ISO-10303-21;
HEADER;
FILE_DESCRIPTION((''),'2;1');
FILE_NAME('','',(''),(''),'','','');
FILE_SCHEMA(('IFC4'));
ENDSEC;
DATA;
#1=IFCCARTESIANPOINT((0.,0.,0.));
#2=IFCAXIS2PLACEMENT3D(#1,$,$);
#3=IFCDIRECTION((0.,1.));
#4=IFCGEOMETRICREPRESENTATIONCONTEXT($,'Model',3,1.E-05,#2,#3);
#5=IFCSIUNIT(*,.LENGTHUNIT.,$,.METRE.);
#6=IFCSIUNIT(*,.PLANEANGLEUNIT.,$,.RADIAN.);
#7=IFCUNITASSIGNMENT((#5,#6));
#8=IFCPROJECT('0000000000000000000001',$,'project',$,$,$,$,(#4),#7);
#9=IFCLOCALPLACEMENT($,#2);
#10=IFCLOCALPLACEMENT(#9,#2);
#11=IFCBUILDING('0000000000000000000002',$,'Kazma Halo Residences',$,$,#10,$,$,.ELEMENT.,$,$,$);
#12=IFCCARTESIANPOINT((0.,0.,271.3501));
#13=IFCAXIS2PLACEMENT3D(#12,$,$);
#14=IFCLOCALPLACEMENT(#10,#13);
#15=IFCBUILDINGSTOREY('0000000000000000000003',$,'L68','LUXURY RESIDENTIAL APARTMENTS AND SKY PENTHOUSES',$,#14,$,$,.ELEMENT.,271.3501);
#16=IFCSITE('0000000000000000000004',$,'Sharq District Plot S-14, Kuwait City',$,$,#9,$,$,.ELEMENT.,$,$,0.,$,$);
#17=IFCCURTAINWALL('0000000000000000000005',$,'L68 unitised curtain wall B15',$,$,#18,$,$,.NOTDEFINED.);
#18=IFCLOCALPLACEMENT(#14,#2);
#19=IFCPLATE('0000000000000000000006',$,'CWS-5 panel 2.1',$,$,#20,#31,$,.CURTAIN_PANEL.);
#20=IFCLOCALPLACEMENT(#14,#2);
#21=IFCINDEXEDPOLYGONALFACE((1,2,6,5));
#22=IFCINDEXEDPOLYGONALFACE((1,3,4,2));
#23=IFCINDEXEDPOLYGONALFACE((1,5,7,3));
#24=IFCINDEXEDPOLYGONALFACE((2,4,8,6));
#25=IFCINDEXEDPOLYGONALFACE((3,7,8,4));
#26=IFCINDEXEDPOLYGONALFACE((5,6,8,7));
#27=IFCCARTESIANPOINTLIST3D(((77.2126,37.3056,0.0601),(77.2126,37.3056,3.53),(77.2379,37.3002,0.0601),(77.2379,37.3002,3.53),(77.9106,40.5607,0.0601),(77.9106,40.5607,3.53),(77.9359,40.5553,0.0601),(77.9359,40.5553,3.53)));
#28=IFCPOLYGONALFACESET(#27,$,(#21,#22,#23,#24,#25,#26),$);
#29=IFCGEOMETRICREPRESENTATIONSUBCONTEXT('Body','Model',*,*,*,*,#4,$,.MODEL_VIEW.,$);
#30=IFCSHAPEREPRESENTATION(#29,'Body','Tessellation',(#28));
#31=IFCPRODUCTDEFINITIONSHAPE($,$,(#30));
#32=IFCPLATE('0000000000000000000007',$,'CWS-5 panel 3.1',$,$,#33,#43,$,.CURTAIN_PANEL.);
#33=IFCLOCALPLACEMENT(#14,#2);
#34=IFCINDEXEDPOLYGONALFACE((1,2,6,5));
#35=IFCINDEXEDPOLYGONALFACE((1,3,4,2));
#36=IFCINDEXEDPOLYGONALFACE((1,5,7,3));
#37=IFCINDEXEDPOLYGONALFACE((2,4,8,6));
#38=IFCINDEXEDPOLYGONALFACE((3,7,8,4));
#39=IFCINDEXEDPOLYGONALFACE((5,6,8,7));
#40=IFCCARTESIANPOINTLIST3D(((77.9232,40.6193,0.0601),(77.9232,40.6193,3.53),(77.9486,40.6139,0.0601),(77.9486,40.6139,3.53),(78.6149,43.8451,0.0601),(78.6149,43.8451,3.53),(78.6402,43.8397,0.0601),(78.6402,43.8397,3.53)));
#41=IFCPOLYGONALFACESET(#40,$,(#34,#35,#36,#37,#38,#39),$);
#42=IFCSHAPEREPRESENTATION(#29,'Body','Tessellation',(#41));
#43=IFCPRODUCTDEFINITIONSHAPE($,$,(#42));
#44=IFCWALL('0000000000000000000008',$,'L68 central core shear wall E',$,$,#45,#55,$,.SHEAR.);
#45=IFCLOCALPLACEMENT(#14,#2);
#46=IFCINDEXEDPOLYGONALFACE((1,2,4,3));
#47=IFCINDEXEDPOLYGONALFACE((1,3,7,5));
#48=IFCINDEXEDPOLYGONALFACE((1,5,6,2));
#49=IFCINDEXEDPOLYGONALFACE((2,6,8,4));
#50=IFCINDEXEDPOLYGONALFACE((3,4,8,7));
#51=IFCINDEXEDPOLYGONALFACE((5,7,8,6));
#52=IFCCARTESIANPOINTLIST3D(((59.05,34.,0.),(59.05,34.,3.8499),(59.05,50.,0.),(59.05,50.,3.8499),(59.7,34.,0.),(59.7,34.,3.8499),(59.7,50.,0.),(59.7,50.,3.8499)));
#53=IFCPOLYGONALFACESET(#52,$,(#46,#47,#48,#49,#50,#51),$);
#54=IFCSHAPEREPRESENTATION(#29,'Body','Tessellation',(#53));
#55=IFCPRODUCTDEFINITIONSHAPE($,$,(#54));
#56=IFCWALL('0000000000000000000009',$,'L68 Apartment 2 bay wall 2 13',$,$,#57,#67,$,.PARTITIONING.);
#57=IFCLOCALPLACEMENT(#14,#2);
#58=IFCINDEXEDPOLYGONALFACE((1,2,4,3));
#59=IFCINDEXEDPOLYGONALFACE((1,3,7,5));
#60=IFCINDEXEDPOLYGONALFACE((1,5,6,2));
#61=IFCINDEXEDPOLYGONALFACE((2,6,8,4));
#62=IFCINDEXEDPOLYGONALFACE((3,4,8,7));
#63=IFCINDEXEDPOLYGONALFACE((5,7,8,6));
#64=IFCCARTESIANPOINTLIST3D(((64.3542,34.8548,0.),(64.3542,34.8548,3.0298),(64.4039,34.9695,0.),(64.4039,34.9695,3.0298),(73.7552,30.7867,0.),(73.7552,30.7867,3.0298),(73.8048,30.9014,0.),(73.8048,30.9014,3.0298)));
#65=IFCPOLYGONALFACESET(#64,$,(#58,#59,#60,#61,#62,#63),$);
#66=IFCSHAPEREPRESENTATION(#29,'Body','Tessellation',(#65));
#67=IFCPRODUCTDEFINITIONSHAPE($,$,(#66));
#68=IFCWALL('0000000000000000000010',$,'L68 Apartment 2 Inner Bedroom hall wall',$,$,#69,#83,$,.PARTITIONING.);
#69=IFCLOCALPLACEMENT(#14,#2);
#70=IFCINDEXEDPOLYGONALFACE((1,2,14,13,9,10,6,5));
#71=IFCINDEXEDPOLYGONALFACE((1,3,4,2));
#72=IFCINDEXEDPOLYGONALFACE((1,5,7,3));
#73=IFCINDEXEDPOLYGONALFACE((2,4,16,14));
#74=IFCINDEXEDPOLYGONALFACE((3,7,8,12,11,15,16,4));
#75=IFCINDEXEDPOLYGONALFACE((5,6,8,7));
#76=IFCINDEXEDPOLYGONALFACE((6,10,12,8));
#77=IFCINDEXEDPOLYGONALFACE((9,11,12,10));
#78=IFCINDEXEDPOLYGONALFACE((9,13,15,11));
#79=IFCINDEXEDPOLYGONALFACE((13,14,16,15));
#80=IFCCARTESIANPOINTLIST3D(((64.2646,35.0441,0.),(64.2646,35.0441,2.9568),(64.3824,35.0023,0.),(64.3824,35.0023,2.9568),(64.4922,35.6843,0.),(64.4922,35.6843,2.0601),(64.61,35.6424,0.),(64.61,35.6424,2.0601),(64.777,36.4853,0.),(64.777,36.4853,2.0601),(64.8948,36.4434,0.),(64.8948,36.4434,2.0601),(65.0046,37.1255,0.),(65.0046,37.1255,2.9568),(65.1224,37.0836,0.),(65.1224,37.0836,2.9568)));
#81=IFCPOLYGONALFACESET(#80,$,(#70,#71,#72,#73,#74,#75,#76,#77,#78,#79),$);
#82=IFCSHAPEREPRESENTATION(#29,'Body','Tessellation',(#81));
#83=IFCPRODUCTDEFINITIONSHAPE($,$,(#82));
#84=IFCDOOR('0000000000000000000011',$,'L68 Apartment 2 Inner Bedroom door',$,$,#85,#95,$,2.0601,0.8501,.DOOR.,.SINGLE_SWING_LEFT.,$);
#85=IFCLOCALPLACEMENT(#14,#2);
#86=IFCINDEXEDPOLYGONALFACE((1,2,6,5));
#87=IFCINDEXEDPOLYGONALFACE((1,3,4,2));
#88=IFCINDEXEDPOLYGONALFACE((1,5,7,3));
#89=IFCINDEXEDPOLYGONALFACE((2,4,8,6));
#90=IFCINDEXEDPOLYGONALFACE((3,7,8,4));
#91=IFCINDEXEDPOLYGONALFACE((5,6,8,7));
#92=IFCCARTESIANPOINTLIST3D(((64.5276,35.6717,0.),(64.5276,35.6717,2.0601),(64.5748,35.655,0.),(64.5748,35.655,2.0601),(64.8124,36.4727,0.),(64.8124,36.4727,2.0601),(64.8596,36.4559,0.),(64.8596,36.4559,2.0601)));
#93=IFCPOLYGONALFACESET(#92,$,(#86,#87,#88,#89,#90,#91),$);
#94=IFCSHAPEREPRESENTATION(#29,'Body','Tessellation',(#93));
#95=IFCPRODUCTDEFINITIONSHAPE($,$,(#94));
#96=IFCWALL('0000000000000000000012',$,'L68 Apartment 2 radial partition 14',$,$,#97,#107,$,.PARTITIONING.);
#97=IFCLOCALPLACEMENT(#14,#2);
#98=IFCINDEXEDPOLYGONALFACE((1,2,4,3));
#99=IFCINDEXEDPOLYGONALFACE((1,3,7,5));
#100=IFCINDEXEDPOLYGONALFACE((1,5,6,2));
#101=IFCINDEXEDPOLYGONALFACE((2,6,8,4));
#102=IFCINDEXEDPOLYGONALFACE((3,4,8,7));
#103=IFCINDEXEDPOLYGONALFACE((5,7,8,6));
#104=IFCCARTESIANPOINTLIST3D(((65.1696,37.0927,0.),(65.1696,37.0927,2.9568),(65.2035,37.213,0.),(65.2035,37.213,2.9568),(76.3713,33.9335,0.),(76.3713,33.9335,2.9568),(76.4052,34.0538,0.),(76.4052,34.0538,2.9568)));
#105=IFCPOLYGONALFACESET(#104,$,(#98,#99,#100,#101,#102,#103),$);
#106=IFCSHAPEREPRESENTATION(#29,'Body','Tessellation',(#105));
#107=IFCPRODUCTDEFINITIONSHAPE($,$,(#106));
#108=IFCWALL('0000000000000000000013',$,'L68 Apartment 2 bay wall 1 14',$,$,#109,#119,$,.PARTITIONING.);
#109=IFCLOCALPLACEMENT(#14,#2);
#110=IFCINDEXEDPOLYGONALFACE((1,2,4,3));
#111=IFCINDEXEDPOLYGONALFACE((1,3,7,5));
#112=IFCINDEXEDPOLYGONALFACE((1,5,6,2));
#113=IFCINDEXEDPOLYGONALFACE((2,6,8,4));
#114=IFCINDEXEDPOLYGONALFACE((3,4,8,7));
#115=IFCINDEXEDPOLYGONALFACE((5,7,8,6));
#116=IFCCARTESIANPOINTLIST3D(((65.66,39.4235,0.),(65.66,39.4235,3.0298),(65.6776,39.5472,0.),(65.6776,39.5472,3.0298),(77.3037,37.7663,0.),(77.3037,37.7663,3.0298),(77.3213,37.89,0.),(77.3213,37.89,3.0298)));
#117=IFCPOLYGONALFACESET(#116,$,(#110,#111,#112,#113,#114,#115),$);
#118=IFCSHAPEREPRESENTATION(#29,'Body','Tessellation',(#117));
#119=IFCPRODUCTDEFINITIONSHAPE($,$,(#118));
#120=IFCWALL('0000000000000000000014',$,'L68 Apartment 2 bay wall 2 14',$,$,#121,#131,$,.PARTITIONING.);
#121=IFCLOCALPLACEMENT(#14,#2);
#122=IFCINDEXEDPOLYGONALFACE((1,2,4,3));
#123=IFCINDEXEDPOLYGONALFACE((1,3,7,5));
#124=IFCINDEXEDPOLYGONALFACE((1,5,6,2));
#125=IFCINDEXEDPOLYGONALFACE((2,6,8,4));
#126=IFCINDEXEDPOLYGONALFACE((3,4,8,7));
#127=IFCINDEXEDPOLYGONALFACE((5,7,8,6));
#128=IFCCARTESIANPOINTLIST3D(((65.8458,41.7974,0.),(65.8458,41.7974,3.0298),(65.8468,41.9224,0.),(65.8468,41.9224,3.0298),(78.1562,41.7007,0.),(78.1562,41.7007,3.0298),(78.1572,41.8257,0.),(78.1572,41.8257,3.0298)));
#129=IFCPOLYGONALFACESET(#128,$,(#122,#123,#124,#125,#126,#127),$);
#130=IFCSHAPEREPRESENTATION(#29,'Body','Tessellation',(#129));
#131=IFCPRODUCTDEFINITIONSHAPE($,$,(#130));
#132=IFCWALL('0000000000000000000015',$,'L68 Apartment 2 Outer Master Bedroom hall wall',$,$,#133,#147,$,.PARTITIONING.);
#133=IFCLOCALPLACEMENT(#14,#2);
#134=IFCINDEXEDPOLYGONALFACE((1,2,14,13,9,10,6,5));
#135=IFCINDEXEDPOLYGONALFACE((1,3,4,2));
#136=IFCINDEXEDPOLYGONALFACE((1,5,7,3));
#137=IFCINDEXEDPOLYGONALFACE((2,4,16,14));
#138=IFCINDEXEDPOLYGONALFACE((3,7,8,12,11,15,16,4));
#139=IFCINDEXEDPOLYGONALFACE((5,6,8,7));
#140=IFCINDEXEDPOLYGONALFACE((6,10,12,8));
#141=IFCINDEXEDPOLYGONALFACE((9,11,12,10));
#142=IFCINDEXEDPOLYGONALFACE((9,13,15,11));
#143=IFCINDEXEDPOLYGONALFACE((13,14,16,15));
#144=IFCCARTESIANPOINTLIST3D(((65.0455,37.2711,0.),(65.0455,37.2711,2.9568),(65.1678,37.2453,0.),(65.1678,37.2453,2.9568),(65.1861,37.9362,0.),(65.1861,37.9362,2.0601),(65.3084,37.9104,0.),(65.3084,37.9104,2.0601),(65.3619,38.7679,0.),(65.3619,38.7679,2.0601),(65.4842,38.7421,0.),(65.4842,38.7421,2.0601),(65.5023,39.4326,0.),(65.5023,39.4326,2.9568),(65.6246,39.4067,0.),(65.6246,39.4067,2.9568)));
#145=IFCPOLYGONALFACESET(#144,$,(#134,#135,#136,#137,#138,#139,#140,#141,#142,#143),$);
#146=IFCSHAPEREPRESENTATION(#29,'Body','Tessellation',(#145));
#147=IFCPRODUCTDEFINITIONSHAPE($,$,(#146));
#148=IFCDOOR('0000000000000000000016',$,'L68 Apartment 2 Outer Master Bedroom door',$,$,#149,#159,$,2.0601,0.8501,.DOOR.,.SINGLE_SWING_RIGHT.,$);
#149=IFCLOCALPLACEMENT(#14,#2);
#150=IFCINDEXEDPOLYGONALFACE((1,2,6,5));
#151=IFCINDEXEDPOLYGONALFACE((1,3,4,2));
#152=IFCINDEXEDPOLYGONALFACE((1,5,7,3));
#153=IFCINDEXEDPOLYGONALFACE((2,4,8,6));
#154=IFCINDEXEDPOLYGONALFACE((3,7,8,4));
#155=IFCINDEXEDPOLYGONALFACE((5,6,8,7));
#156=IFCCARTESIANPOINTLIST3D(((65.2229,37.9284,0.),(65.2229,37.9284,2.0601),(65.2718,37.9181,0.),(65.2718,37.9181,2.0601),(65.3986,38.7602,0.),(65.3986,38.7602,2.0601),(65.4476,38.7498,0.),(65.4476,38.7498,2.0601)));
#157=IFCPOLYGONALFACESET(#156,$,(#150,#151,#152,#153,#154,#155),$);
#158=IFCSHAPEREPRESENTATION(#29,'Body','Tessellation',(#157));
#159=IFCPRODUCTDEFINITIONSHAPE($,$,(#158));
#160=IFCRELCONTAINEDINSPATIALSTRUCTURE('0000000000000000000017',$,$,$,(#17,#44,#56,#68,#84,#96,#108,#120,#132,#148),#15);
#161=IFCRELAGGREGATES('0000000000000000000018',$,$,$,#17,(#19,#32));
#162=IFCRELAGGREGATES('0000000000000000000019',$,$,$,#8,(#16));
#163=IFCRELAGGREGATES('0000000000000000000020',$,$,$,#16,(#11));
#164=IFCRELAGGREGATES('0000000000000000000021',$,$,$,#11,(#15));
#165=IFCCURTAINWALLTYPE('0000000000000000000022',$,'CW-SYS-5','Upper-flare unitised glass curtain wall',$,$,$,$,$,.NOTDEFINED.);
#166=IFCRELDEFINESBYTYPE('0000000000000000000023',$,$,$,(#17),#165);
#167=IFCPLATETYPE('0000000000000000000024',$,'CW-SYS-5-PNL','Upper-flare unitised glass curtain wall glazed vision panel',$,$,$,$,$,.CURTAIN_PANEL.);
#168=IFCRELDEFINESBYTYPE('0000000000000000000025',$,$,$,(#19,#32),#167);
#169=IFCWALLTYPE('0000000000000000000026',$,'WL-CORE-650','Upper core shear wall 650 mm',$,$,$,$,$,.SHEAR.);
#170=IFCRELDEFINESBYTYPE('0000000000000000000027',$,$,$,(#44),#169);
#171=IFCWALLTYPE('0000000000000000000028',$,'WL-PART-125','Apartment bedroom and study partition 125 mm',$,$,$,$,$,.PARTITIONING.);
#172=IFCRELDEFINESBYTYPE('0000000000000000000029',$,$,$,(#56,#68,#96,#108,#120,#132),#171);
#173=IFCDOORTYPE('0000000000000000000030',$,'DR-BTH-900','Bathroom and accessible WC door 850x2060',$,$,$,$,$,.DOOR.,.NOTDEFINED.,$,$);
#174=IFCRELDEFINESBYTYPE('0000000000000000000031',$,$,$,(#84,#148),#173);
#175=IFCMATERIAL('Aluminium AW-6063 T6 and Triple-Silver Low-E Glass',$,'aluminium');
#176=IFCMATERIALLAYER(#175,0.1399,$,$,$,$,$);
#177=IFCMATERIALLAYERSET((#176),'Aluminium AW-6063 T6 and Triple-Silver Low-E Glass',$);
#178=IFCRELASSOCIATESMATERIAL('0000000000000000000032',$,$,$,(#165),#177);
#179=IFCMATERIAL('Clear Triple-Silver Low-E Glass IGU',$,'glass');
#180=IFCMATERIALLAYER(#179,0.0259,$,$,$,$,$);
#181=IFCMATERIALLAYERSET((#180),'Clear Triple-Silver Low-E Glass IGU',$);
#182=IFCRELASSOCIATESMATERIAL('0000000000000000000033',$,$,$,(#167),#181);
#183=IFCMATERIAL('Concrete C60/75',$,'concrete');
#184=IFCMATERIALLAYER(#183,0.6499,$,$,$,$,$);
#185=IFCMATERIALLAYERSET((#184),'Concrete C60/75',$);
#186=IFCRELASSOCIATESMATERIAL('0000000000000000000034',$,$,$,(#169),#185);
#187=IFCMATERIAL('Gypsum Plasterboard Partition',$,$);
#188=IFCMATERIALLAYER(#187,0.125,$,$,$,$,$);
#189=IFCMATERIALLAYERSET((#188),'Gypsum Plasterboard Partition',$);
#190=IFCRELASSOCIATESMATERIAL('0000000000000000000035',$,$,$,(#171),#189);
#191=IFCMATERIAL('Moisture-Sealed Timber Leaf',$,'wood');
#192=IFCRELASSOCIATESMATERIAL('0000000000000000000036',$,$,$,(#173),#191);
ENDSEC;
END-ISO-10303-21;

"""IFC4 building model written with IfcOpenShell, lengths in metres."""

from ifc_helpers import new_model, si_unit, direction, frame, frame_2d, origin, origin_2d, place, context, subcontext, project, spatial, rectangle, extrude, material, layer, layer_set, type_object, element, fill, aggregate, save


model = new_model("IFC4")

# Units and contexts
model_context = context("Model", 3, precision=1e-05, world=origin(), true_north=direction((0.0, 1.0)))
body_context = subcontext(model_context, "Body", "Model", "MODEL_VIEW")
ifc_project = project(units=[si_unit("LENGTHUNIT", "METRE"), si_unit("PLANEANGLEUNIT", "RADIAN")], contexts=[model_context])

# Site, building, storey
site_placement = place(None, origin())
site = spatial("IfcSite", under=ifc_project, at=site_placement, Name="Sharq District Plot S-14, Kuwait City", CompositionType="ELEMENT", RefElevation=0.0)
building_placement = place(site_placement, origin())
building = spatial("IfcBuilding", under=site, at=building_placement, Name="Kazma Halo Residences", CompositionType="ELEMENT")
storey_placement = place(building_placement, frame((0.0, 0.0, 271.3501)))
storey = spatial("IfcBuildingStorey", under=building, at=storey_placement, Name="L68", Description="LUXURY RESIDENTIAL APARTMENTS AND SKY PENTHOUSES", CompositionType="ELEMENT", Elevation=271.3501)

# Shared definitions
ifc_material_1 = material(Name="Concrete C60/75", Category="concrete")

# Curtain wall, plates
ifc_material_2 = material(Name="Aluminium AW-6063 T6 and Triple-Silver Low-E Glass", Category="aluminium")
ifc_layer_1 = layer(ifc_material_2, 0.1399)
ifc_layer_set_1 = layer_set([ifc_layer_1], Name="Aluminium AW-6063 T6 and Triple-Silver Low-E Glass")
curtain_wall_type = type_object("IfcCurtainWallType", Name="CW-SYS-5", Description="Upper-flare unitised glass curtain wall", PredefinedType="NOTDEFINED", material=ifc_layer_set_1)
curtain_wall_placement = place(storey_placement, origin())
curtain_wall = element("IfcCurtainWall", 1, at=curtain_wall_placement, inside=storey, type_object=curtain_wall_type, Name="L68 unitised curtain wall B15", PredefinedType="NOTDEFINED")
ifc_material_3 = material(Name="Clear Triple-Silver Low-E Glass IGU", Category="glass")
ifc_layer_2 = layer(ifc_material_3, 0.0259)
ifc_layer_set_2 = layer_set([ifc_layer_2], Name="Clear Triple-Silver Low-E Glass IGU")
plate_type = type_object("IfcPlateType", Name="CW-SYS-5-PNL", Description="Upper-flare unitised glass curtain wall glazed vision panel", PredefinedType="CURTAIN_PANEL", material=ifc_layer_set_2)
plate_1_placement = place(storey_placement, frame((77.5742, 38.9304, 0.0601), z_axis=(0.0, 0.0, 1.0), x_axis=(0.209657, 0.977775, 0.0)))
plate_1 = element("IfcPlate", 2, at=plate_1_placement, type_object=plate_type, Name="CWS-5 panel 2.1", PredefinedType="CURTAIN_PANEL", context=body_context, shape_type="SweptSolid", body=[
    extrude(rectangle(XDim=3.3291, YDim=0.0259, at=origin_2d()), origin(), (0.0, 0.0, 1.0), 3.47),
])
plate_2_placement = place(storey_placement, frame((78.2817, 42.2295, 0.0601), z_axis=(0.0, 0.0, 1.0), x_axis=(0.209657, 0.977775, 0.0)))
plate_2 = element("IfcPlate", 3, at=plate_2_placement, type_object=plate_type, Name="CWS-5 panel 3.1", PredefinedType="CURTAIN_PANEL", context=body_context, shape_type="SweptSolid", body=[
    extrude(rectangle(XDim=3.2991, YDim=0.0259, at=origin_2d()), origin(), (0.0, 0.0, 1.0), 3.47),
])
aggregate(curtain_wall, [plate_1, plate_2])

# Walls
ifc_layer_3 = layer(ifc_material_1, 0.6499)
ifc_layer_set_3 = layer_set([ifc_layer_3], Name="Concrete C60/75")
wall_type_1 = type_object("IfcWallType", Name="WL-CORE-650", Description="Upper core shear wall 650 mm", PredefinedType="SHEAR", material=ifc_layer_set_3)
wall_1_placement = place(storey_placement, frame((59.375, 34.0, 0.0), z_axis=(0.0, 0.0, 1.0), x_axis=(0.0, 1.0, 0.0)))
element("IfcWall", 4, at=wall_1_placement, inside=storey, type_object=wall_type_1, Name="L68 central core shear wall E", PredefinedType="SHEAR", context=body_context, shape_type="SweptSolid", body=[
    extrude(rectangle(XDim=16.0, YDim=0.6499, at=frame_2d((8.0, 0.0))), origin(), (0.0, 0.0, 1.0), 3.8499),
])
ifc_material_4 = material(Name="Gypsum Plasterboard Partition")
ifc_layer_4 = layer(ifc_material_4, 0.125)
ifc_layer_set_4 = layer_set([ifc_layer_4], Name="Gypsum Plasterboard Partition")
wall_type_2 = type_object("IfcWallType", Name="WL-PART-125", Description="Apartment bedroom and study partition 125 mm", PredefinedType="PARTITIONING", material=ifc_layer_set_4)
wall_2_placement = place(storey_placement, frame((64.3792, 34.9121, 0.0), z_axis=(0.0, 0.0, 1.0), x_axis=(0.917755, -0.397147, 0.0)))
element("IfcWall", 5, at=wall_2_placement, inside=storey, type_object=wall_type_2, Name="L68 Apartment 2 bay wall 2 13", PredefinedType="PARTITIONING", context=body_context, shape_type="SweptSolid", body=[
    extrude(rectangle(XDim=10.2434, YDim=0.125, at=frame_2d((5.1216, 0.0))), origin(), (0.0, 0.0, 1.0), 3.0298),
])

# Wall, opening, door
wall_3_placement = place(storey_placement, frame((64.3235, 35.0232, 0.0), z_axis=(0.0, 0.0, 1.0), x_axis=(0.334999, 0.942219, 0.0)))
wall_3 = element("IfcWall", 6, at=wall_3_placement, inside=storey, type_object=wall_type_2, Name="L68 Apartment 2 Inner Bedroom hall wall", PredefinedType="PARTITIONING", context=body_context, shape_type="SweptSolid", body=[
    extrude(rectangle(XDim=2.209, YDim=0.125, at=frame_2d((1.1045, 0.0))), origin(), (0.0, 0.0, 1.0), 2.9568),
])
opening_1_placement = place(wall_3_placement, frame((0.6794, 0.0, 0.0)))
opening_1 = element("IfcOpeningElement", 7, at=opening_1_placement, cuts=wall_3, PredefinedType="OPENING", context=body_context, shape_type="SweptSolid", body=[
    extrude(rectangle(XDim=0.8501, YDim=2.0601, at=frame_2d((0.425, 1.03))), frame((0.0, 0.0725, 0.0), z_axis=(0.0, -1.0, 0.0), x_axis=(1.0, 0.0, 0.0)), (0.0, 0.0, 1.0), 0.145),
])
ifc_material_5 = material(Name="Moisture-Sealed Timber Leaf", Category="wood")
door_type = type_object("IfcDoorType", Name="DR-BTH-900", Description="Bathroom and accessible WC door 850x2060", OperationType="NOTDEFINED", PredefinedType="DOOR", material=ifc_material_5)
door_1_placement = place(opening_1_placement, origin())
door_1 = element("IfcDoor", 8, at=door_1_placement, inside=storey, type_object=door_type, Name="L68 Apartment 2 Inner Bedroom door", OperationType="SINGLE_SWING_LEFT", OverallHeight=2.0601, OverallWidth=0.8501, PredefinedType="DOOR", context=body_context, shape_type="SweptSolid", body=[
    extrude(rectangle(XDim=0.8501, YDim=2.0601, at=frame_2d((0.425, 1.03))), frame((0.0, 0.0249, 0.0), z_axis=(0.0, -1.0, 0.0), x_axis=(1.0, 0.0, 0.0)), (0.0, 0.0, 1.0), 0.05),
])
fill(opening_1, door_1)

# Walls
wall_4_placement = place(storey_placement, frame((65.1865, 37.1528, 0.0), z_axis=(0.0, 0.0, 1.0), x_axis=(0.962456, -0.271439, 0.0)))
element("IfcWall", 9, at=wall_4_placement, inside=storey, type_object=wall_type_2, Name="L68 Apartment 2 radial partition 14", PredefinedType="PARTITIONING", context=body_context, shape_type="SweptSolid", body=[
    extrude(rectangle(XDim=11.6387, YDim=0.125, at=frame_2d((5.8193, 0.0))), origin(), (0.0, 0.0, 1.0), 2.9568),
])
wall_5_placement = place(storey_placement, frame((65.6689, 39.4854, 0.0), z_axis=(0.0, 0.0, 1.0), x_axis=(0.990022, -0.14091, 0.0)))
element("IfcWall", 10, at=wall_5_placement, inside=storey, type_object=wall_type_2, Name="L68 Apartment 2 bay wall 1 14", PredefinedType="PARTITIONING", context=body_context, shape_type="SweptSolid", body=[
    extrude(rectangle(XDim=11.761, YDim=0.125, at=frame_2d((5.8804, 0.0))), origin(), (0.0, 0.0, 1.0), 3.0298),
])
wall_6_placement = place(storey_placement, frame((65.8464, 41.8599, 0.0), z_axis=(0.0, 0.0, 1.0), x_axis=(0.999969, -0.007853, 0.0)))
element("IfcWall", 11, at=wall_6_placement, inside=storey, type_object=wall_type_2, Name="L68 Apartment 2 bay wall 2 14", PredefinedType="PARTITIONING", context=body_context, shape_type="SweptSolid", body=[
    extrude(rectangle(XDim=12.3108, YDim=0.125, at=frame_2d((6.1553, 0.0))), origin(), (0.0, 0.0, 1.0), 3.0298),
])

# Wall, opening, door
wall_7_placement = place(storey_placement, frame((65.1067, 37.2583, 0.0), z_axis=(0.0, 0.0, 1.0), x_axis=(0.206773, 0.978389, 0.0)))
wall_7 = element("IfcWall", 12, at=wall_7_placement, inside=storey, type_object=wall_type_2, Name="L68 Apartment 2 Outer Master Bedroom hall wall", PredefinedType="PARTITIONING", context=body_context, shape_type="SweptSolid", body=[
    extrude(rectangle(XDim=2.2092, YDim=0.125, at=frame_2d((1.1045, 0.0))), origin(), (0.0, 0.0, 1.0), 2.9568),
])
opening_2_placement = place(wall_7_placement, frame((0.6797, 0.0, 0.0)))
opening_2 = element("IfcOpeningElement", 13, at=opening_2_placement, cuts=wall_7, PredefinedType="OPENING", context=body_context, shape_type="SweptSolid", body=[
    extrude(rectangle(XDim=0.8501, YDim=2.0601, at=frame_2d((0.425, 1.03))), frame((0.0, 0.0725, 0.0), z_axis=(0.0, -1.0, 0.0), x_axis=(1.0, 0.0, 0.0)), (0.0, 0.0, 1.0), 0.145),
])
door_2_placement = place(opening_2_placement, origin())
door_2 = element("IfcDoor", 14, at=door_2_placement, inside=storey, type_object=door_type, Name="L68 Apartment 2 Outer Master Bedroom door", OperationType="SINGLE_SWING_RIGHT", OverallHeight=2.0601, OverallWidth=0.8501, PredefinedType="DOOR", context=body_context, shape_type="SweptSolid", body=[
    extrude(rectangle(XDim=0.8501, YDim=2.0601, at=frame_2d((0.425, 1.03))), frame((0.0, 0.0249, 0.0), z_axis=(0.0, -1.0, 0.0), x_axis=(1.0, 0.0, 0.0)), (0.0, 0.0, 1.0), 0.05),
])
fill(opening_2, door_2)

save(model, "model.ifc")
